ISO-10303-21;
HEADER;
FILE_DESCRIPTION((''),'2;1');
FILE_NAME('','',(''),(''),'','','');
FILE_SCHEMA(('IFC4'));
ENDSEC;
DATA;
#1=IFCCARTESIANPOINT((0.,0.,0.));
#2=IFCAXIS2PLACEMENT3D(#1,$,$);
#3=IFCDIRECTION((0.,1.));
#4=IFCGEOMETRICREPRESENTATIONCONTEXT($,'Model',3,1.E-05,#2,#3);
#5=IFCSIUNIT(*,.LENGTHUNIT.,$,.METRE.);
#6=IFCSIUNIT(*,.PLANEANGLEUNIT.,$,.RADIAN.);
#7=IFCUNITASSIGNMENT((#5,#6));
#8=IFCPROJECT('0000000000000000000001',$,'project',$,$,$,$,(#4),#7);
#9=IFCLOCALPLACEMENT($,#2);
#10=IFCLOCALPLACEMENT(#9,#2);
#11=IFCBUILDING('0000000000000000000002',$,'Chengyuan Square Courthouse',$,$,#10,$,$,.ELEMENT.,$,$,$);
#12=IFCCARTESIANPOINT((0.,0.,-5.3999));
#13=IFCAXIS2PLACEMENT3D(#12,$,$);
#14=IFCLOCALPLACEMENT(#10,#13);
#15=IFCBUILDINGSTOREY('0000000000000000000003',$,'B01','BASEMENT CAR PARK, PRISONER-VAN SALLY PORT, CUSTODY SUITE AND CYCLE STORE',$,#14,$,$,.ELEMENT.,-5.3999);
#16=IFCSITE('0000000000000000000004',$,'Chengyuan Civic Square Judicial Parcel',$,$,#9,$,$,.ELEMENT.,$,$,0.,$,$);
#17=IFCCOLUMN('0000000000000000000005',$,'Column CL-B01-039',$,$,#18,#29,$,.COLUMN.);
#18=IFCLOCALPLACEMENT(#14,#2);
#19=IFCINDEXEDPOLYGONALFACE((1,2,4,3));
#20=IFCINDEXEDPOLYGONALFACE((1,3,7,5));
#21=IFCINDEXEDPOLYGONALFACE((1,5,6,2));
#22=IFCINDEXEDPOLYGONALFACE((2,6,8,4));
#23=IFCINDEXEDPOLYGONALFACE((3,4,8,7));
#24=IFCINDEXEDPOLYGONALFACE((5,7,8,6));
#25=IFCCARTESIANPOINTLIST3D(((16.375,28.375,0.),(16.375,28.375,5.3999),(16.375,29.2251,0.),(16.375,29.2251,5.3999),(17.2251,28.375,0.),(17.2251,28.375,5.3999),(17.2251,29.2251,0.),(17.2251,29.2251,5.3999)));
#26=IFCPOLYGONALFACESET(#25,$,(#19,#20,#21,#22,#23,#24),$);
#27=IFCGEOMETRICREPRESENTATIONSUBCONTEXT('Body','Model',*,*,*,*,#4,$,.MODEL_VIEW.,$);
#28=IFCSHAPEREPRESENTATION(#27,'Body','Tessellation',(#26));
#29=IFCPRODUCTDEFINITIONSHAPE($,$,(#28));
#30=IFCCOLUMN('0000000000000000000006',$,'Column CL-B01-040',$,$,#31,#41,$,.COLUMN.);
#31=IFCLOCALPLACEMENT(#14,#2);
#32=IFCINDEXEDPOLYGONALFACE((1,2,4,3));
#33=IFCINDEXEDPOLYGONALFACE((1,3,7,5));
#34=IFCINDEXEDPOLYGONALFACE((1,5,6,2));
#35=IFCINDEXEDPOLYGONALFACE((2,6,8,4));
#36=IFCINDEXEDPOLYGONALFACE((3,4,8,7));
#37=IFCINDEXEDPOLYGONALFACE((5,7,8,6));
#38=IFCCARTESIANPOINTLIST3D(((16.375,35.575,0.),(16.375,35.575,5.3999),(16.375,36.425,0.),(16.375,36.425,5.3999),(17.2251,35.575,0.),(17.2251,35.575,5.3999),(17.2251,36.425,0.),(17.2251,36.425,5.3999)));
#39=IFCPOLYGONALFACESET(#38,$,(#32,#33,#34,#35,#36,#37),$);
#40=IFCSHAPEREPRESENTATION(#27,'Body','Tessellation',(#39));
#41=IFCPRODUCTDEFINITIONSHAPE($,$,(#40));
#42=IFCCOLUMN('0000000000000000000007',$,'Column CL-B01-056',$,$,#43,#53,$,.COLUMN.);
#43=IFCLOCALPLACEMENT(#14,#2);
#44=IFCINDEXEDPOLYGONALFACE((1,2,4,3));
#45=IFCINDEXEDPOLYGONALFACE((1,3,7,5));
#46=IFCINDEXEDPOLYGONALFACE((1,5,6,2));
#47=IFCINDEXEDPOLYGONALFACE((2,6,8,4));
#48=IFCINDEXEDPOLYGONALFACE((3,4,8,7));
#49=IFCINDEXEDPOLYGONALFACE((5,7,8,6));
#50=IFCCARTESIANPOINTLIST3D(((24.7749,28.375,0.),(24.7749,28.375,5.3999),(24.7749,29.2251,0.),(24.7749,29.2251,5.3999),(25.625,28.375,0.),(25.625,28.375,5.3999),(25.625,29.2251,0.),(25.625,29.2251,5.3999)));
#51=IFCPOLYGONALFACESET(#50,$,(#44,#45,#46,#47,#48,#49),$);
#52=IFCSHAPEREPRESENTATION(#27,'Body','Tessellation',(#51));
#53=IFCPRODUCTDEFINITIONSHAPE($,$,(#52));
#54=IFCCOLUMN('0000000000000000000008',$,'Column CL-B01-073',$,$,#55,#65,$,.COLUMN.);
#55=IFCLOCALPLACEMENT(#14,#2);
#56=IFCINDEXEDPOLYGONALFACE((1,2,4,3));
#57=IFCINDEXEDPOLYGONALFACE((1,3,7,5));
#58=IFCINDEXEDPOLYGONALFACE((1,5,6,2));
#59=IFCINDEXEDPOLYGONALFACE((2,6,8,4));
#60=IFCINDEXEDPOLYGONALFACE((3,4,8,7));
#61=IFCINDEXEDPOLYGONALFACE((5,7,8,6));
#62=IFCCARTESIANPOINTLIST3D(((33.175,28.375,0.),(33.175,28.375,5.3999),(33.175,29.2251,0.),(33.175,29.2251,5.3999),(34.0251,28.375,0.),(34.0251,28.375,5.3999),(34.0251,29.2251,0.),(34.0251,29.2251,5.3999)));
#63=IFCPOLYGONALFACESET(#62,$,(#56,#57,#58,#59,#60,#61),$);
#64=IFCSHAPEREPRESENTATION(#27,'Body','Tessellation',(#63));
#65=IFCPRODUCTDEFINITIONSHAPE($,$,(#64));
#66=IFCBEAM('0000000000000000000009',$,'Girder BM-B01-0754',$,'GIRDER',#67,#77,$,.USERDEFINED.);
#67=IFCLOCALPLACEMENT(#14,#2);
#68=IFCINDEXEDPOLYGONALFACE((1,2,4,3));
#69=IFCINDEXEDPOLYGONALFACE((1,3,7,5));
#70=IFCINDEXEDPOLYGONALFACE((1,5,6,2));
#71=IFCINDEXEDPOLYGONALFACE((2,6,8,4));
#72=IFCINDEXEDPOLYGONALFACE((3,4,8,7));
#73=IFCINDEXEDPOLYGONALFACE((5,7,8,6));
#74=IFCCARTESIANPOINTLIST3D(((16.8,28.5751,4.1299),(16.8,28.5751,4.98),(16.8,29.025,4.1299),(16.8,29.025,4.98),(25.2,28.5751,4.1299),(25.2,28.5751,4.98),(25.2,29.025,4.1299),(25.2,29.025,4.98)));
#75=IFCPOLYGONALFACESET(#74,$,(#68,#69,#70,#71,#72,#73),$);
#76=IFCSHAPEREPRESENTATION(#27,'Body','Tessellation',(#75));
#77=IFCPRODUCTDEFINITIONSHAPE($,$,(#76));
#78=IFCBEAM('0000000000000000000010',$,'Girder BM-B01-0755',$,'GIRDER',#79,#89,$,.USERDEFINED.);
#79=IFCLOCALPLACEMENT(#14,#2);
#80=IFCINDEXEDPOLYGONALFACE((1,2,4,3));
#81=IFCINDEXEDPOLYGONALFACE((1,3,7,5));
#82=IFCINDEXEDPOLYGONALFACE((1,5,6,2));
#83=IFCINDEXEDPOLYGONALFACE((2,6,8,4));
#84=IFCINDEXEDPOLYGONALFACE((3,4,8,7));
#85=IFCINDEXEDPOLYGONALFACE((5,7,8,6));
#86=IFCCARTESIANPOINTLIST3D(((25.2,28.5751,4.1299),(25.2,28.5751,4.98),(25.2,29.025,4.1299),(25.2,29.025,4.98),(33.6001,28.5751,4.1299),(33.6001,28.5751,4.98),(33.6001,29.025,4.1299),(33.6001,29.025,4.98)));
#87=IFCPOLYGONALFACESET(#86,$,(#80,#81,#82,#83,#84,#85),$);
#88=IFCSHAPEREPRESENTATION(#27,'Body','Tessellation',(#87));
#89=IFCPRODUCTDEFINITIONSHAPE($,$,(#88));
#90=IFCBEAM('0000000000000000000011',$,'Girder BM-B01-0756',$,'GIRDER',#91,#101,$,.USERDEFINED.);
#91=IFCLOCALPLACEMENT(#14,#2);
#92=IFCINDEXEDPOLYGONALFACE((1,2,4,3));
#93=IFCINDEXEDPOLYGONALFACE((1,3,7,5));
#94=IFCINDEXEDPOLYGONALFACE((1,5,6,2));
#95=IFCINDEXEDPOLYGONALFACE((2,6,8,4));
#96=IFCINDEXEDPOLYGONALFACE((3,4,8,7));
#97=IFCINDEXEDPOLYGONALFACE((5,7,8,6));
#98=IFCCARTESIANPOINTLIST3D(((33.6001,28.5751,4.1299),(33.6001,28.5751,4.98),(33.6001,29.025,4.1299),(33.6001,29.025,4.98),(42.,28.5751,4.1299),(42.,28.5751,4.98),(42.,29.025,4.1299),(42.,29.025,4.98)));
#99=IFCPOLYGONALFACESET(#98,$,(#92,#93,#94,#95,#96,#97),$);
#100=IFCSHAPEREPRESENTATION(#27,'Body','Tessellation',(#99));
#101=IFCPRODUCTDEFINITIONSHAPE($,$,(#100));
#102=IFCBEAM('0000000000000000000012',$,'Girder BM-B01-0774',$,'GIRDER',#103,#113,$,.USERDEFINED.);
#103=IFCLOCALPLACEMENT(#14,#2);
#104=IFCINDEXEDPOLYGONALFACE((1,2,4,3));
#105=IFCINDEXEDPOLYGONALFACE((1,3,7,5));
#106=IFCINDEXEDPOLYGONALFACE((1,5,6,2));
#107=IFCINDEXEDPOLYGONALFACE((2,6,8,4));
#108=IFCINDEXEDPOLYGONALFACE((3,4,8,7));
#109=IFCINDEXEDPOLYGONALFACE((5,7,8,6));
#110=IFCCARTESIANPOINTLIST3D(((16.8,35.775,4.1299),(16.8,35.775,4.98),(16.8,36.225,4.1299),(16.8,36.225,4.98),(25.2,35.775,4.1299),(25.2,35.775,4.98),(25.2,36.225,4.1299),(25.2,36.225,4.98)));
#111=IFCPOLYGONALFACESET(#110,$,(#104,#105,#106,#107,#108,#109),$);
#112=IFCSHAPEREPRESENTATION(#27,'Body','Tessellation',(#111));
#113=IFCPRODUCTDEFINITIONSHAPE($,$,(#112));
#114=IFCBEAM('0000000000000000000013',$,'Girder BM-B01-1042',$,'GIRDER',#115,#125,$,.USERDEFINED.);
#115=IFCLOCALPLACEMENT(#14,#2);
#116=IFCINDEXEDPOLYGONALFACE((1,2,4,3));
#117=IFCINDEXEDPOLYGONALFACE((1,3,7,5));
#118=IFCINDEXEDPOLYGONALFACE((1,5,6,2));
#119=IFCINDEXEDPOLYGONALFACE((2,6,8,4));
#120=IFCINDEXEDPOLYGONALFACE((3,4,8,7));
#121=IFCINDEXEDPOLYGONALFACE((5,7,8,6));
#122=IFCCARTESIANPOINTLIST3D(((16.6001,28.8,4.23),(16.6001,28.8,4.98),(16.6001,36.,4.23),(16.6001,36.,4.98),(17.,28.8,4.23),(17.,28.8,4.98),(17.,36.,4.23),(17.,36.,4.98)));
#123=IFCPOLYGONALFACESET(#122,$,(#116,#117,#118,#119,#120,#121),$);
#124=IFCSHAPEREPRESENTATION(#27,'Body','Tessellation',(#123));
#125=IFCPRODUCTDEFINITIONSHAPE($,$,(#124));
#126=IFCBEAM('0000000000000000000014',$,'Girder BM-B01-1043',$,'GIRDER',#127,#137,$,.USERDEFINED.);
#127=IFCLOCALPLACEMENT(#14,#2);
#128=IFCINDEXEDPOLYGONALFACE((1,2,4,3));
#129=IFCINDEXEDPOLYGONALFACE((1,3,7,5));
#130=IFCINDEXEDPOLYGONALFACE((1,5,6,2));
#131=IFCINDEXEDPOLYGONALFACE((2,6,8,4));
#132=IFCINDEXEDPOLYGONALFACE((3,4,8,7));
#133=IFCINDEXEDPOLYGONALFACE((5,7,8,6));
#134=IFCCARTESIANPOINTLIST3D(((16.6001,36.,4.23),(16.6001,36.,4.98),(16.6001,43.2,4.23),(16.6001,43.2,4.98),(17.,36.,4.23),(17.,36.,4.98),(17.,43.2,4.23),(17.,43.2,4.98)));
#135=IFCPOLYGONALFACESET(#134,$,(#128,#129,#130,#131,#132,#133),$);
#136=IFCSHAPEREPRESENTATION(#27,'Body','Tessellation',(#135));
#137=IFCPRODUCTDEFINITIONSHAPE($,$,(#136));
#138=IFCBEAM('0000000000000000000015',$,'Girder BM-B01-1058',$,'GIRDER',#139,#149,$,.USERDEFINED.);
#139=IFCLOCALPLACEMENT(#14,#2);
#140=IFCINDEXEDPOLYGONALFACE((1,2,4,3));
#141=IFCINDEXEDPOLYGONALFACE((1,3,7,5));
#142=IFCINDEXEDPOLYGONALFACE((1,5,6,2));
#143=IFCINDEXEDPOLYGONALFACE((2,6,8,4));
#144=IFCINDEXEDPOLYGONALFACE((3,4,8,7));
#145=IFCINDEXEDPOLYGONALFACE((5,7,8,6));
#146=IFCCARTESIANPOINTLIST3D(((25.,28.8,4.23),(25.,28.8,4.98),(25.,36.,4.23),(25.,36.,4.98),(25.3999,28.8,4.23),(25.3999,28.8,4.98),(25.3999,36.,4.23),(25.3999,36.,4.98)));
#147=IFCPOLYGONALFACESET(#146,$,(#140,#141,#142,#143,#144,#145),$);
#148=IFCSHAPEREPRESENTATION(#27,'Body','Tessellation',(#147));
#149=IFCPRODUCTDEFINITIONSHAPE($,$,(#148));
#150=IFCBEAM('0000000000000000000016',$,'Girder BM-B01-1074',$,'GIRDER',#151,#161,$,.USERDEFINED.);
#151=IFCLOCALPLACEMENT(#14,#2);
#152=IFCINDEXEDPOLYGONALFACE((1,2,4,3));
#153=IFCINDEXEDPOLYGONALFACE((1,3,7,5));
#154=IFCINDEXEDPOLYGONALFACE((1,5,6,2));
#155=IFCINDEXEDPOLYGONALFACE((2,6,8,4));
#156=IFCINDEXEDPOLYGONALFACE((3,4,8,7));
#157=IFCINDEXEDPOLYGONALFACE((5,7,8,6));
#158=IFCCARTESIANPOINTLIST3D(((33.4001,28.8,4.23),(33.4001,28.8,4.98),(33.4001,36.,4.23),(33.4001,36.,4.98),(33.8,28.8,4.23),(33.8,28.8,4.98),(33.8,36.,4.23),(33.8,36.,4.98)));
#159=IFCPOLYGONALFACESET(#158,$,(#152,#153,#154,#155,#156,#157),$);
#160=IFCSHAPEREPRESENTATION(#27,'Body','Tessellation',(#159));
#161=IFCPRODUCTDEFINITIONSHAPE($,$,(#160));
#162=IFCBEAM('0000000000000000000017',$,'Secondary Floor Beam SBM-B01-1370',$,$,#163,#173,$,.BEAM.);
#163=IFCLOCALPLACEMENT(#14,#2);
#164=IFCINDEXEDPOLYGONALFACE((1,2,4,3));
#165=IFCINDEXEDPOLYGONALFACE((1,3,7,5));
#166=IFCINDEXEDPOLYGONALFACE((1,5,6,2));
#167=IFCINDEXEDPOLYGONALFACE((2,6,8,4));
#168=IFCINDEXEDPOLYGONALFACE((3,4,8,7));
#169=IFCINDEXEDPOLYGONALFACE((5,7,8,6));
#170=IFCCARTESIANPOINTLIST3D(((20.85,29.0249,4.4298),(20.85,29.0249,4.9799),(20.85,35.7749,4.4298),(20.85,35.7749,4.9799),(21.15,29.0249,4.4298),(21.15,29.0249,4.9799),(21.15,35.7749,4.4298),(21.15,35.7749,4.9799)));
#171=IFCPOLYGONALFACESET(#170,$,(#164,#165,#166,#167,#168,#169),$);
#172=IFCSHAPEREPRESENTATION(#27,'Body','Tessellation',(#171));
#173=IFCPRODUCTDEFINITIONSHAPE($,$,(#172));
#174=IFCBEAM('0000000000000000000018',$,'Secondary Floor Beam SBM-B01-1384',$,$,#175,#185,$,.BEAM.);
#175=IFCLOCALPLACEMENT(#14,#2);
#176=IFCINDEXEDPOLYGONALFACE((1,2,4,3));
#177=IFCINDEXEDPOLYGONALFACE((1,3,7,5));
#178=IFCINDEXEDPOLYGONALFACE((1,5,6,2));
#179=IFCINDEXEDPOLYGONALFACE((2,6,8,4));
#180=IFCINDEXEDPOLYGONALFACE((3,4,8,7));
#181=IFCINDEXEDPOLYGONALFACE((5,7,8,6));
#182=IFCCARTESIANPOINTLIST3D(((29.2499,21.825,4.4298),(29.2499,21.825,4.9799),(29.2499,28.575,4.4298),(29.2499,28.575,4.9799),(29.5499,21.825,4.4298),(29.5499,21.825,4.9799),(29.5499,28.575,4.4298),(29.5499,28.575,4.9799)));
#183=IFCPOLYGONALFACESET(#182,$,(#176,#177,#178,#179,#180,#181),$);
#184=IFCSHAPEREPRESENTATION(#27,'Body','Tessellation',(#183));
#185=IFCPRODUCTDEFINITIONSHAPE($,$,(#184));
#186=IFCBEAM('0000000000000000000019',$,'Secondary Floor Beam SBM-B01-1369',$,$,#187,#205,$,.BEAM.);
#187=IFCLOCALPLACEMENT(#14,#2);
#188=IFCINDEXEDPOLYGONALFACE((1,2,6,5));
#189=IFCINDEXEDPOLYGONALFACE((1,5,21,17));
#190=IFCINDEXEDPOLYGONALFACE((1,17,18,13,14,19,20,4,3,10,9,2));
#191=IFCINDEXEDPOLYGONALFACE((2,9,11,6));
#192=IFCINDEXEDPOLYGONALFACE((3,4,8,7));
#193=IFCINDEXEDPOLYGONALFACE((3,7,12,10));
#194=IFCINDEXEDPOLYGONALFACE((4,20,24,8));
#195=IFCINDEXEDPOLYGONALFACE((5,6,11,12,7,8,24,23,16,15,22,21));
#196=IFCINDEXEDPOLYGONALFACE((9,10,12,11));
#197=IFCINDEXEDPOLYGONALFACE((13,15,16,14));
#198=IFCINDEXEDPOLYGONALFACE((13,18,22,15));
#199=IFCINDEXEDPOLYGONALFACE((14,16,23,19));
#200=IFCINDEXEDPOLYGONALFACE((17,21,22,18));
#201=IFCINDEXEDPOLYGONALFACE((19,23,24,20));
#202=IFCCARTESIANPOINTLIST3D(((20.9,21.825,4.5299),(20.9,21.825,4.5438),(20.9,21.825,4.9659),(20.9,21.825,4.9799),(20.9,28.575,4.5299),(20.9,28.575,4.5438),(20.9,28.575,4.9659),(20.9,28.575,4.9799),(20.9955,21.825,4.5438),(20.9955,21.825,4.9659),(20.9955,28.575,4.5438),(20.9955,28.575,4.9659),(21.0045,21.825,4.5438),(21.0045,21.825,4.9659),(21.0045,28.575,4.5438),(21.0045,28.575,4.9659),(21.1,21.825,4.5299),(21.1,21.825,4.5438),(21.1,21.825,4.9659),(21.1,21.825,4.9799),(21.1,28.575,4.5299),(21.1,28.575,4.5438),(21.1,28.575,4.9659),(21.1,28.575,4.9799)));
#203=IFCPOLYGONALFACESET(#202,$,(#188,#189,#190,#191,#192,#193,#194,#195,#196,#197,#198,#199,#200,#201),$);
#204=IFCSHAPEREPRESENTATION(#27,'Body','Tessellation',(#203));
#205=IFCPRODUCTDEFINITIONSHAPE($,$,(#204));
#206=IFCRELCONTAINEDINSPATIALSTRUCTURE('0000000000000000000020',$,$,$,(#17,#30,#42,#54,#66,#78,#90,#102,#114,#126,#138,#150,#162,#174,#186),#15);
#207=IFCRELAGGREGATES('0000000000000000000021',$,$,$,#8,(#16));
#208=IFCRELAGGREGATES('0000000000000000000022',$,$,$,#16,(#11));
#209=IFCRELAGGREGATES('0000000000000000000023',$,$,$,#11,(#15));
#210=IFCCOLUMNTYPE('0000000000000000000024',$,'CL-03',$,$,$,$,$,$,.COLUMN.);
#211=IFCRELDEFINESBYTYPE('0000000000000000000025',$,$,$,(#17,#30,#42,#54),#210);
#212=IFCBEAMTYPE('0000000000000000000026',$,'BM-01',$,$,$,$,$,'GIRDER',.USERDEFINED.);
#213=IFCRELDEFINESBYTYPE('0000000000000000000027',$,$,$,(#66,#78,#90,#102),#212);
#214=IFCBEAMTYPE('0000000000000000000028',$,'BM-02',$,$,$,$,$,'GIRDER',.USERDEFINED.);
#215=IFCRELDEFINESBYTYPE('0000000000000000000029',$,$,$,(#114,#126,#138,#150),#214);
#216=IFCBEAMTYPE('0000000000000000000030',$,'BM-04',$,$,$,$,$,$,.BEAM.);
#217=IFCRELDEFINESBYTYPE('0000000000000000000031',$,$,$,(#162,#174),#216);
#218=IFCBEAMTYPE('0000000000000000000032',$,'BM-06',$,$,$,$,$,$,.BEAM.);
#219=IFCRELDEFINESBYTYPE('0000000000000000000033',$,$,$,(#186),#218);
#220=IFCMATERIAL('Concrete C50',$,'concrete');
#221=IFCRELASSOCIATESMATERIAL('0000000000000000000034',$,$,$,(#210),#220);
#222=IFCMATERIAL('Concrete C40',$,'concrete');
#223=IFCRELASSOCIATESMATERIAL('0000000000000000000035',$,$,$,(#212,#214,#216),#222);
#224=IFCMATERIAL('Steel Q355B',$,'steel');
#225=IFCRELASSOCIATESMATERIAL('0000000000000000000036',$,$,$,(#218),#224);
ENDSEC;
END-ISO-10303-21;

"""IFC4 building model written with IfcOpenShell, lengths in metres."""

from ifc_helpers import new_model, si_unit, direction, frame, origin, origin_2d, place, context, subcontext, project, spatial, rectangle, i_section, extrude, material, material_profile, profile_set, type_object, element, save


model = new_model("IFC4")

# Units and contexts
model_context = context("Model", 3, precision=1e-05, world=origin(), true_north=direction((0.0, 1.0)))
body_context = subcontext(model_context, "Body", "Model", "MODEL_VIEW")
ifc_project = project(units=[si_unit("LENGTHUNIT", "METRE"), si_unit("PLANEANGLEUNIT", "RADIAN")], contexts=[model_context])

# Site, building, storey
site_placement = place(None, origin())
site = spatial("IfcSite", under=ifc_project, at=site_placement, Name="Chengyuan Civic Square Judicial Parcel", CompositionType="ELEMENT", RefElevation=0.0)
building_placement = place(site_placement, origin())
building = spatial("IfcBuilding", under=site, at=building_placement, Name="Chengyuan Square Courthouse", CompositionType="ELEMENT")
storey_placement = place(building_placement, frame((0.0, 0.0, -5.3999)))
storey = spatial("IfcBuildingStorey", under=building, at=storey_placement, Name="B01", Description="BASEMENT CAR PARK, PRISONER-VAN SALLY PORT, CUSTODY SUITE AND CYCLE STORE", CompositionType="ELEMENT", Elevation=-5.3999)

# Columns
ifc_material_1 = material(Name="Concrete C50", Category="concrete")
ifc_material_profile_1 = material_profile(ifc_material_1, rectangle(XDim=0.8501, YDim=0.8501, at=origin_2d()), Name="RC-COL-850x850")
ifc_profile_set_1 = profile_set([ifc_material_profile_1], Name="Concrete C50")
column_type = type_object("IfcColumnType", Name="CL-03", PredefinedType="COLUMN", material=ifc_profile_set_1)
for number, where, z_axis, x_axis, name in (
    (1, (16.8, 28.8, 0.0), (0.0, 0.0, 1.0), (1.0, 0.0, 0.0), "Column CL-B01-039"),
    (2, (16.8, 36.0, 0.0), (0.0, 0.0, 1.0), (1.0, 0.0, 0.0), "Column CL-B01-040"),
    (3, (25.2, 28.8, 0.0), (0.0, 0.0, 1.0), (1.0, 0.0, 0.0), "Column CL-B01-056"),
    (4, (33.6001, 28.8, 0.0), (0.0, 0.0, 1.0), (1.0, 0.0, 0.0), "Column CL-B01-073"),
):
    element("IfcColumn", number, at=place(storey_placement, frame(where, z_axis=z_axis, x_axis=x_axis)), inside=storey, type_object=column_type, Name=name, PredefinedType="COLUMN", context=body_context, shape_type="SweptSolid", body=[
        extrude(rectangle(XDim=0.8501, YDim=0.8501, at=origin_2d()), origin(), (0.0, 0.0, 1.0), 5.3999),
    ])

# Beams
ifc_material_2 = material(Name="Concrete C40", Category="concrete")
ifc_material_profile_2 = material_profile(ifc_material_2, rectangle(XDim=0.45, YDim=0.8501, at=origin_2d()), Name="RC-BM-450x850")
ifc_profile_set_2 = profile_set([ifc_material_profile_2], Name="Concrete C40")
beam_type_1 = type_object("IfcBeamType", Name="BM-01", ElementType="GIRDER", PredefinedType="USERDEFINED", material=ifc_profile_set_2)
beam_1_placement = place(storey_placement, frame((16.8, 28.8, 4.5549), z_axis=(1.0, 0.0, 0.0), x_axis=(0.0, 1.0, 0.0)))
element("IfcBeam", 5, at=beam_1_placement, inside=storey, type_object=beam_type_1, Name="Girder BM-B01-0754", ObjectType="GIRDER", PredefinedType="USERDEFINED", context=body_context, shape_type="SweptSolid", body=[
    extrude(rectangle(XDim=0.45, YDim=0.8501, at=origin_2d()), origin(), (0.0, 0.0, 1.0), 8.3999),
])
beam_2_placement = place(storey_placement, frame((25.2, 28.8, 4.5549), z_axis=(1.0, 0.0, 0.0), x_axis=(0.0, 1.0, 0.0)))
element("IfcBeam", 6, at=beam_2_placement, inside=storey, type_object=beam_type_1, Name="Girder BM-B01-0755", ObjectType="GIRDER", PredefinedType="USERDEFINED", context=body_context, shape_type="SweptSolid", body=[
    extrude(rectangle(XDim=0.45, YDim=0.8501, at=origin_2d()), origin(), (0.0, 0.0, 1.0), 8.4001),
])
for number, where, z_axis, x_axis, name in (
    (7, (33.6001, 28.8, 4.5549), (1.0, 0.0, 0.0), (0.0, 1.0, 0.0), "Girder BM-B01-0756"),
    (8, (16.8, 36.0, 4.5549), (1.0, 0.0, 0.0), (0.0, 1.0, 0.0), "Girder BM-B01-0774"),
):
    element("IfcBeam", number, at=place(storey_placement, frame(where, z_axis=z_axis, x_axis=x_axis)), inside=storey, type_object=beam_type_1, Name=name, ObjectType="GIRDER", PredefinedType="USERDEFINED", context=body_context, shape_type="SweptSolid", body=[
        extrude(rectangle(XDim=0.45, YDim=0.8501, at=origin_2d()), origin(), (0.0, 0.0, 1.0), 8.3999),
    ])
ifc_material_profile_3 = material_profile(ifc_material_2, rectangle(XDim=0.3999, YDim=0.75, at=origin_2d()), Name="RC-BM-400x750")
ifc_profile_set_3 = profile_set([ifc_material_profile_3], Name="Concrete C40")
beam_type_2 = type_object("IfcBeamType", Name="BM-02", ElementType="GIRDER", PredefinedType="USERDEFINED", material=ifc_profile_set_3)
for number, where, z_axis, x_axis, name in (
    (9, (16.8, 28.8, 4.605), (0.0, 1.0, 0.0), (-1.0, 0.0, 0.0), "Girder BM-B01-1042"),
    (10, (16.8, 36.0, 4.605), (0.0, 1.0, 0.0), (-1.0, 0.0, 0.0), "Girder BM-B01-1043"),
    (11, (25.2, 28.8, 4.605), (0.0, 1.0, 0.0), (-1.0, 0.0, 0.0), "Girder BM-B01-1058"),
    (12, (33.6001, 28.8, 4.605), (0.0, 1.0, 0.0), (-1.0, 0.0, 0.0), "Girder BM-B01-1074"),
):
    element("IfcBeam", number, at=place(storey_placement, frame(where, z_axis=z_axis, x_axis=x_axis)), inside=storey, type_object=beam_type_2, Name=name, ObjectType="GIRDER", PredefinedType="USERDEFINED", context=body_context, shape_type="SweptSolid", body=[
        extrude(rectangle(XDim=0.3999, YDim=0.75, at=origin_2d()), origin(), (0.0, 0.0, 1.0), 7.2),
    ])
ifc_material_profile_4 = material_profile(ifc_material_2, rectangle(XDim=0.3, YDim=0.55, at=origin_2d()), Name="RC-BM-300x550")
ifc_profile_set_4 = profile_set([ifc_material_profile_4], Name="Concrete C40")
beam_type_3 = type_object("IfcBeamType", Name="BM-04", PredefinedType="BEAM", material=ifc_profile_set_4)
for number, where, z_axis, x_axis, name in (
    (13, (21.0, 29.0249, 4.7048), (0.0, 1.0, 0.0), (-1.0, 0.0, 0.0), "Secondary Floor Beam SBM-B01-1370"),
    (14, (29.3999, 21.825, 4.7048), (0.0, 1.0, 0.0), (-1.0, 0.0, 0.0), "Secondary Floor Beam SBM-B01-1384"),
):
    element("IfcBeam", number, at=place(storey_placement, frame(where, z_axis=z_axis, x_axis=x_axis)), inside=storey, type_object=beam_type_3, Name=name, PredefinedType="BEAM", context=body_context, shape_type="SweptSolid", body=[
        extrude(rectangle(XDim=0.3, YDim=0.55, at=origin_2d()), origin(), (0.0, 0.0, 1.0), 6.75),
    ])
ifc_material_3 = material(Name="Steel Q355B", Category="steel")
ifc_material_profile_5 = material_profile(ifc_material_3, i_section(OverallWidth=0.2, OverallDepth=0.45, WebThickness=0.009, FlangeThickness=0.0139, at=origin_2d()), Name="HN 450x200x9x14")
ifc_profile_set_5 = profile_set([ifc_material_profile_5], Name="Steel Q355B")
beam_type_4 = type_object("IfcBeamType", Name="BM-06", PredefinedType="BEAM", material=ifc_profile_set_5)
for number, where, z_axis, x_axis, name in (
    (15, (21.0, 21.825, 4.7549), (0.0, 1.0, 0.0), (-1.0, 0.0, 0.0), "Secondary Floor Beam SBM-B01-1369"),
):
    element("IfcBeam", number, at=place(storey_placement, frame(where, z_axis=z_axis, x_axis=x_axis)), inside=storey, type_object=beam_type_4, Name=name, PredefinedType="BEAM", context=body_context, shape_type="SweptSolid", body=[
        extrude(i_section(OverallWidth=0.2, OverallDepth=0.45, WebThickness=0.009, FlangeThickness=0.0139, at=origin_2d()), origin(), (0.0, 0.0, 1.0), 6.75),
    ])

save(model, "model.ifc")
